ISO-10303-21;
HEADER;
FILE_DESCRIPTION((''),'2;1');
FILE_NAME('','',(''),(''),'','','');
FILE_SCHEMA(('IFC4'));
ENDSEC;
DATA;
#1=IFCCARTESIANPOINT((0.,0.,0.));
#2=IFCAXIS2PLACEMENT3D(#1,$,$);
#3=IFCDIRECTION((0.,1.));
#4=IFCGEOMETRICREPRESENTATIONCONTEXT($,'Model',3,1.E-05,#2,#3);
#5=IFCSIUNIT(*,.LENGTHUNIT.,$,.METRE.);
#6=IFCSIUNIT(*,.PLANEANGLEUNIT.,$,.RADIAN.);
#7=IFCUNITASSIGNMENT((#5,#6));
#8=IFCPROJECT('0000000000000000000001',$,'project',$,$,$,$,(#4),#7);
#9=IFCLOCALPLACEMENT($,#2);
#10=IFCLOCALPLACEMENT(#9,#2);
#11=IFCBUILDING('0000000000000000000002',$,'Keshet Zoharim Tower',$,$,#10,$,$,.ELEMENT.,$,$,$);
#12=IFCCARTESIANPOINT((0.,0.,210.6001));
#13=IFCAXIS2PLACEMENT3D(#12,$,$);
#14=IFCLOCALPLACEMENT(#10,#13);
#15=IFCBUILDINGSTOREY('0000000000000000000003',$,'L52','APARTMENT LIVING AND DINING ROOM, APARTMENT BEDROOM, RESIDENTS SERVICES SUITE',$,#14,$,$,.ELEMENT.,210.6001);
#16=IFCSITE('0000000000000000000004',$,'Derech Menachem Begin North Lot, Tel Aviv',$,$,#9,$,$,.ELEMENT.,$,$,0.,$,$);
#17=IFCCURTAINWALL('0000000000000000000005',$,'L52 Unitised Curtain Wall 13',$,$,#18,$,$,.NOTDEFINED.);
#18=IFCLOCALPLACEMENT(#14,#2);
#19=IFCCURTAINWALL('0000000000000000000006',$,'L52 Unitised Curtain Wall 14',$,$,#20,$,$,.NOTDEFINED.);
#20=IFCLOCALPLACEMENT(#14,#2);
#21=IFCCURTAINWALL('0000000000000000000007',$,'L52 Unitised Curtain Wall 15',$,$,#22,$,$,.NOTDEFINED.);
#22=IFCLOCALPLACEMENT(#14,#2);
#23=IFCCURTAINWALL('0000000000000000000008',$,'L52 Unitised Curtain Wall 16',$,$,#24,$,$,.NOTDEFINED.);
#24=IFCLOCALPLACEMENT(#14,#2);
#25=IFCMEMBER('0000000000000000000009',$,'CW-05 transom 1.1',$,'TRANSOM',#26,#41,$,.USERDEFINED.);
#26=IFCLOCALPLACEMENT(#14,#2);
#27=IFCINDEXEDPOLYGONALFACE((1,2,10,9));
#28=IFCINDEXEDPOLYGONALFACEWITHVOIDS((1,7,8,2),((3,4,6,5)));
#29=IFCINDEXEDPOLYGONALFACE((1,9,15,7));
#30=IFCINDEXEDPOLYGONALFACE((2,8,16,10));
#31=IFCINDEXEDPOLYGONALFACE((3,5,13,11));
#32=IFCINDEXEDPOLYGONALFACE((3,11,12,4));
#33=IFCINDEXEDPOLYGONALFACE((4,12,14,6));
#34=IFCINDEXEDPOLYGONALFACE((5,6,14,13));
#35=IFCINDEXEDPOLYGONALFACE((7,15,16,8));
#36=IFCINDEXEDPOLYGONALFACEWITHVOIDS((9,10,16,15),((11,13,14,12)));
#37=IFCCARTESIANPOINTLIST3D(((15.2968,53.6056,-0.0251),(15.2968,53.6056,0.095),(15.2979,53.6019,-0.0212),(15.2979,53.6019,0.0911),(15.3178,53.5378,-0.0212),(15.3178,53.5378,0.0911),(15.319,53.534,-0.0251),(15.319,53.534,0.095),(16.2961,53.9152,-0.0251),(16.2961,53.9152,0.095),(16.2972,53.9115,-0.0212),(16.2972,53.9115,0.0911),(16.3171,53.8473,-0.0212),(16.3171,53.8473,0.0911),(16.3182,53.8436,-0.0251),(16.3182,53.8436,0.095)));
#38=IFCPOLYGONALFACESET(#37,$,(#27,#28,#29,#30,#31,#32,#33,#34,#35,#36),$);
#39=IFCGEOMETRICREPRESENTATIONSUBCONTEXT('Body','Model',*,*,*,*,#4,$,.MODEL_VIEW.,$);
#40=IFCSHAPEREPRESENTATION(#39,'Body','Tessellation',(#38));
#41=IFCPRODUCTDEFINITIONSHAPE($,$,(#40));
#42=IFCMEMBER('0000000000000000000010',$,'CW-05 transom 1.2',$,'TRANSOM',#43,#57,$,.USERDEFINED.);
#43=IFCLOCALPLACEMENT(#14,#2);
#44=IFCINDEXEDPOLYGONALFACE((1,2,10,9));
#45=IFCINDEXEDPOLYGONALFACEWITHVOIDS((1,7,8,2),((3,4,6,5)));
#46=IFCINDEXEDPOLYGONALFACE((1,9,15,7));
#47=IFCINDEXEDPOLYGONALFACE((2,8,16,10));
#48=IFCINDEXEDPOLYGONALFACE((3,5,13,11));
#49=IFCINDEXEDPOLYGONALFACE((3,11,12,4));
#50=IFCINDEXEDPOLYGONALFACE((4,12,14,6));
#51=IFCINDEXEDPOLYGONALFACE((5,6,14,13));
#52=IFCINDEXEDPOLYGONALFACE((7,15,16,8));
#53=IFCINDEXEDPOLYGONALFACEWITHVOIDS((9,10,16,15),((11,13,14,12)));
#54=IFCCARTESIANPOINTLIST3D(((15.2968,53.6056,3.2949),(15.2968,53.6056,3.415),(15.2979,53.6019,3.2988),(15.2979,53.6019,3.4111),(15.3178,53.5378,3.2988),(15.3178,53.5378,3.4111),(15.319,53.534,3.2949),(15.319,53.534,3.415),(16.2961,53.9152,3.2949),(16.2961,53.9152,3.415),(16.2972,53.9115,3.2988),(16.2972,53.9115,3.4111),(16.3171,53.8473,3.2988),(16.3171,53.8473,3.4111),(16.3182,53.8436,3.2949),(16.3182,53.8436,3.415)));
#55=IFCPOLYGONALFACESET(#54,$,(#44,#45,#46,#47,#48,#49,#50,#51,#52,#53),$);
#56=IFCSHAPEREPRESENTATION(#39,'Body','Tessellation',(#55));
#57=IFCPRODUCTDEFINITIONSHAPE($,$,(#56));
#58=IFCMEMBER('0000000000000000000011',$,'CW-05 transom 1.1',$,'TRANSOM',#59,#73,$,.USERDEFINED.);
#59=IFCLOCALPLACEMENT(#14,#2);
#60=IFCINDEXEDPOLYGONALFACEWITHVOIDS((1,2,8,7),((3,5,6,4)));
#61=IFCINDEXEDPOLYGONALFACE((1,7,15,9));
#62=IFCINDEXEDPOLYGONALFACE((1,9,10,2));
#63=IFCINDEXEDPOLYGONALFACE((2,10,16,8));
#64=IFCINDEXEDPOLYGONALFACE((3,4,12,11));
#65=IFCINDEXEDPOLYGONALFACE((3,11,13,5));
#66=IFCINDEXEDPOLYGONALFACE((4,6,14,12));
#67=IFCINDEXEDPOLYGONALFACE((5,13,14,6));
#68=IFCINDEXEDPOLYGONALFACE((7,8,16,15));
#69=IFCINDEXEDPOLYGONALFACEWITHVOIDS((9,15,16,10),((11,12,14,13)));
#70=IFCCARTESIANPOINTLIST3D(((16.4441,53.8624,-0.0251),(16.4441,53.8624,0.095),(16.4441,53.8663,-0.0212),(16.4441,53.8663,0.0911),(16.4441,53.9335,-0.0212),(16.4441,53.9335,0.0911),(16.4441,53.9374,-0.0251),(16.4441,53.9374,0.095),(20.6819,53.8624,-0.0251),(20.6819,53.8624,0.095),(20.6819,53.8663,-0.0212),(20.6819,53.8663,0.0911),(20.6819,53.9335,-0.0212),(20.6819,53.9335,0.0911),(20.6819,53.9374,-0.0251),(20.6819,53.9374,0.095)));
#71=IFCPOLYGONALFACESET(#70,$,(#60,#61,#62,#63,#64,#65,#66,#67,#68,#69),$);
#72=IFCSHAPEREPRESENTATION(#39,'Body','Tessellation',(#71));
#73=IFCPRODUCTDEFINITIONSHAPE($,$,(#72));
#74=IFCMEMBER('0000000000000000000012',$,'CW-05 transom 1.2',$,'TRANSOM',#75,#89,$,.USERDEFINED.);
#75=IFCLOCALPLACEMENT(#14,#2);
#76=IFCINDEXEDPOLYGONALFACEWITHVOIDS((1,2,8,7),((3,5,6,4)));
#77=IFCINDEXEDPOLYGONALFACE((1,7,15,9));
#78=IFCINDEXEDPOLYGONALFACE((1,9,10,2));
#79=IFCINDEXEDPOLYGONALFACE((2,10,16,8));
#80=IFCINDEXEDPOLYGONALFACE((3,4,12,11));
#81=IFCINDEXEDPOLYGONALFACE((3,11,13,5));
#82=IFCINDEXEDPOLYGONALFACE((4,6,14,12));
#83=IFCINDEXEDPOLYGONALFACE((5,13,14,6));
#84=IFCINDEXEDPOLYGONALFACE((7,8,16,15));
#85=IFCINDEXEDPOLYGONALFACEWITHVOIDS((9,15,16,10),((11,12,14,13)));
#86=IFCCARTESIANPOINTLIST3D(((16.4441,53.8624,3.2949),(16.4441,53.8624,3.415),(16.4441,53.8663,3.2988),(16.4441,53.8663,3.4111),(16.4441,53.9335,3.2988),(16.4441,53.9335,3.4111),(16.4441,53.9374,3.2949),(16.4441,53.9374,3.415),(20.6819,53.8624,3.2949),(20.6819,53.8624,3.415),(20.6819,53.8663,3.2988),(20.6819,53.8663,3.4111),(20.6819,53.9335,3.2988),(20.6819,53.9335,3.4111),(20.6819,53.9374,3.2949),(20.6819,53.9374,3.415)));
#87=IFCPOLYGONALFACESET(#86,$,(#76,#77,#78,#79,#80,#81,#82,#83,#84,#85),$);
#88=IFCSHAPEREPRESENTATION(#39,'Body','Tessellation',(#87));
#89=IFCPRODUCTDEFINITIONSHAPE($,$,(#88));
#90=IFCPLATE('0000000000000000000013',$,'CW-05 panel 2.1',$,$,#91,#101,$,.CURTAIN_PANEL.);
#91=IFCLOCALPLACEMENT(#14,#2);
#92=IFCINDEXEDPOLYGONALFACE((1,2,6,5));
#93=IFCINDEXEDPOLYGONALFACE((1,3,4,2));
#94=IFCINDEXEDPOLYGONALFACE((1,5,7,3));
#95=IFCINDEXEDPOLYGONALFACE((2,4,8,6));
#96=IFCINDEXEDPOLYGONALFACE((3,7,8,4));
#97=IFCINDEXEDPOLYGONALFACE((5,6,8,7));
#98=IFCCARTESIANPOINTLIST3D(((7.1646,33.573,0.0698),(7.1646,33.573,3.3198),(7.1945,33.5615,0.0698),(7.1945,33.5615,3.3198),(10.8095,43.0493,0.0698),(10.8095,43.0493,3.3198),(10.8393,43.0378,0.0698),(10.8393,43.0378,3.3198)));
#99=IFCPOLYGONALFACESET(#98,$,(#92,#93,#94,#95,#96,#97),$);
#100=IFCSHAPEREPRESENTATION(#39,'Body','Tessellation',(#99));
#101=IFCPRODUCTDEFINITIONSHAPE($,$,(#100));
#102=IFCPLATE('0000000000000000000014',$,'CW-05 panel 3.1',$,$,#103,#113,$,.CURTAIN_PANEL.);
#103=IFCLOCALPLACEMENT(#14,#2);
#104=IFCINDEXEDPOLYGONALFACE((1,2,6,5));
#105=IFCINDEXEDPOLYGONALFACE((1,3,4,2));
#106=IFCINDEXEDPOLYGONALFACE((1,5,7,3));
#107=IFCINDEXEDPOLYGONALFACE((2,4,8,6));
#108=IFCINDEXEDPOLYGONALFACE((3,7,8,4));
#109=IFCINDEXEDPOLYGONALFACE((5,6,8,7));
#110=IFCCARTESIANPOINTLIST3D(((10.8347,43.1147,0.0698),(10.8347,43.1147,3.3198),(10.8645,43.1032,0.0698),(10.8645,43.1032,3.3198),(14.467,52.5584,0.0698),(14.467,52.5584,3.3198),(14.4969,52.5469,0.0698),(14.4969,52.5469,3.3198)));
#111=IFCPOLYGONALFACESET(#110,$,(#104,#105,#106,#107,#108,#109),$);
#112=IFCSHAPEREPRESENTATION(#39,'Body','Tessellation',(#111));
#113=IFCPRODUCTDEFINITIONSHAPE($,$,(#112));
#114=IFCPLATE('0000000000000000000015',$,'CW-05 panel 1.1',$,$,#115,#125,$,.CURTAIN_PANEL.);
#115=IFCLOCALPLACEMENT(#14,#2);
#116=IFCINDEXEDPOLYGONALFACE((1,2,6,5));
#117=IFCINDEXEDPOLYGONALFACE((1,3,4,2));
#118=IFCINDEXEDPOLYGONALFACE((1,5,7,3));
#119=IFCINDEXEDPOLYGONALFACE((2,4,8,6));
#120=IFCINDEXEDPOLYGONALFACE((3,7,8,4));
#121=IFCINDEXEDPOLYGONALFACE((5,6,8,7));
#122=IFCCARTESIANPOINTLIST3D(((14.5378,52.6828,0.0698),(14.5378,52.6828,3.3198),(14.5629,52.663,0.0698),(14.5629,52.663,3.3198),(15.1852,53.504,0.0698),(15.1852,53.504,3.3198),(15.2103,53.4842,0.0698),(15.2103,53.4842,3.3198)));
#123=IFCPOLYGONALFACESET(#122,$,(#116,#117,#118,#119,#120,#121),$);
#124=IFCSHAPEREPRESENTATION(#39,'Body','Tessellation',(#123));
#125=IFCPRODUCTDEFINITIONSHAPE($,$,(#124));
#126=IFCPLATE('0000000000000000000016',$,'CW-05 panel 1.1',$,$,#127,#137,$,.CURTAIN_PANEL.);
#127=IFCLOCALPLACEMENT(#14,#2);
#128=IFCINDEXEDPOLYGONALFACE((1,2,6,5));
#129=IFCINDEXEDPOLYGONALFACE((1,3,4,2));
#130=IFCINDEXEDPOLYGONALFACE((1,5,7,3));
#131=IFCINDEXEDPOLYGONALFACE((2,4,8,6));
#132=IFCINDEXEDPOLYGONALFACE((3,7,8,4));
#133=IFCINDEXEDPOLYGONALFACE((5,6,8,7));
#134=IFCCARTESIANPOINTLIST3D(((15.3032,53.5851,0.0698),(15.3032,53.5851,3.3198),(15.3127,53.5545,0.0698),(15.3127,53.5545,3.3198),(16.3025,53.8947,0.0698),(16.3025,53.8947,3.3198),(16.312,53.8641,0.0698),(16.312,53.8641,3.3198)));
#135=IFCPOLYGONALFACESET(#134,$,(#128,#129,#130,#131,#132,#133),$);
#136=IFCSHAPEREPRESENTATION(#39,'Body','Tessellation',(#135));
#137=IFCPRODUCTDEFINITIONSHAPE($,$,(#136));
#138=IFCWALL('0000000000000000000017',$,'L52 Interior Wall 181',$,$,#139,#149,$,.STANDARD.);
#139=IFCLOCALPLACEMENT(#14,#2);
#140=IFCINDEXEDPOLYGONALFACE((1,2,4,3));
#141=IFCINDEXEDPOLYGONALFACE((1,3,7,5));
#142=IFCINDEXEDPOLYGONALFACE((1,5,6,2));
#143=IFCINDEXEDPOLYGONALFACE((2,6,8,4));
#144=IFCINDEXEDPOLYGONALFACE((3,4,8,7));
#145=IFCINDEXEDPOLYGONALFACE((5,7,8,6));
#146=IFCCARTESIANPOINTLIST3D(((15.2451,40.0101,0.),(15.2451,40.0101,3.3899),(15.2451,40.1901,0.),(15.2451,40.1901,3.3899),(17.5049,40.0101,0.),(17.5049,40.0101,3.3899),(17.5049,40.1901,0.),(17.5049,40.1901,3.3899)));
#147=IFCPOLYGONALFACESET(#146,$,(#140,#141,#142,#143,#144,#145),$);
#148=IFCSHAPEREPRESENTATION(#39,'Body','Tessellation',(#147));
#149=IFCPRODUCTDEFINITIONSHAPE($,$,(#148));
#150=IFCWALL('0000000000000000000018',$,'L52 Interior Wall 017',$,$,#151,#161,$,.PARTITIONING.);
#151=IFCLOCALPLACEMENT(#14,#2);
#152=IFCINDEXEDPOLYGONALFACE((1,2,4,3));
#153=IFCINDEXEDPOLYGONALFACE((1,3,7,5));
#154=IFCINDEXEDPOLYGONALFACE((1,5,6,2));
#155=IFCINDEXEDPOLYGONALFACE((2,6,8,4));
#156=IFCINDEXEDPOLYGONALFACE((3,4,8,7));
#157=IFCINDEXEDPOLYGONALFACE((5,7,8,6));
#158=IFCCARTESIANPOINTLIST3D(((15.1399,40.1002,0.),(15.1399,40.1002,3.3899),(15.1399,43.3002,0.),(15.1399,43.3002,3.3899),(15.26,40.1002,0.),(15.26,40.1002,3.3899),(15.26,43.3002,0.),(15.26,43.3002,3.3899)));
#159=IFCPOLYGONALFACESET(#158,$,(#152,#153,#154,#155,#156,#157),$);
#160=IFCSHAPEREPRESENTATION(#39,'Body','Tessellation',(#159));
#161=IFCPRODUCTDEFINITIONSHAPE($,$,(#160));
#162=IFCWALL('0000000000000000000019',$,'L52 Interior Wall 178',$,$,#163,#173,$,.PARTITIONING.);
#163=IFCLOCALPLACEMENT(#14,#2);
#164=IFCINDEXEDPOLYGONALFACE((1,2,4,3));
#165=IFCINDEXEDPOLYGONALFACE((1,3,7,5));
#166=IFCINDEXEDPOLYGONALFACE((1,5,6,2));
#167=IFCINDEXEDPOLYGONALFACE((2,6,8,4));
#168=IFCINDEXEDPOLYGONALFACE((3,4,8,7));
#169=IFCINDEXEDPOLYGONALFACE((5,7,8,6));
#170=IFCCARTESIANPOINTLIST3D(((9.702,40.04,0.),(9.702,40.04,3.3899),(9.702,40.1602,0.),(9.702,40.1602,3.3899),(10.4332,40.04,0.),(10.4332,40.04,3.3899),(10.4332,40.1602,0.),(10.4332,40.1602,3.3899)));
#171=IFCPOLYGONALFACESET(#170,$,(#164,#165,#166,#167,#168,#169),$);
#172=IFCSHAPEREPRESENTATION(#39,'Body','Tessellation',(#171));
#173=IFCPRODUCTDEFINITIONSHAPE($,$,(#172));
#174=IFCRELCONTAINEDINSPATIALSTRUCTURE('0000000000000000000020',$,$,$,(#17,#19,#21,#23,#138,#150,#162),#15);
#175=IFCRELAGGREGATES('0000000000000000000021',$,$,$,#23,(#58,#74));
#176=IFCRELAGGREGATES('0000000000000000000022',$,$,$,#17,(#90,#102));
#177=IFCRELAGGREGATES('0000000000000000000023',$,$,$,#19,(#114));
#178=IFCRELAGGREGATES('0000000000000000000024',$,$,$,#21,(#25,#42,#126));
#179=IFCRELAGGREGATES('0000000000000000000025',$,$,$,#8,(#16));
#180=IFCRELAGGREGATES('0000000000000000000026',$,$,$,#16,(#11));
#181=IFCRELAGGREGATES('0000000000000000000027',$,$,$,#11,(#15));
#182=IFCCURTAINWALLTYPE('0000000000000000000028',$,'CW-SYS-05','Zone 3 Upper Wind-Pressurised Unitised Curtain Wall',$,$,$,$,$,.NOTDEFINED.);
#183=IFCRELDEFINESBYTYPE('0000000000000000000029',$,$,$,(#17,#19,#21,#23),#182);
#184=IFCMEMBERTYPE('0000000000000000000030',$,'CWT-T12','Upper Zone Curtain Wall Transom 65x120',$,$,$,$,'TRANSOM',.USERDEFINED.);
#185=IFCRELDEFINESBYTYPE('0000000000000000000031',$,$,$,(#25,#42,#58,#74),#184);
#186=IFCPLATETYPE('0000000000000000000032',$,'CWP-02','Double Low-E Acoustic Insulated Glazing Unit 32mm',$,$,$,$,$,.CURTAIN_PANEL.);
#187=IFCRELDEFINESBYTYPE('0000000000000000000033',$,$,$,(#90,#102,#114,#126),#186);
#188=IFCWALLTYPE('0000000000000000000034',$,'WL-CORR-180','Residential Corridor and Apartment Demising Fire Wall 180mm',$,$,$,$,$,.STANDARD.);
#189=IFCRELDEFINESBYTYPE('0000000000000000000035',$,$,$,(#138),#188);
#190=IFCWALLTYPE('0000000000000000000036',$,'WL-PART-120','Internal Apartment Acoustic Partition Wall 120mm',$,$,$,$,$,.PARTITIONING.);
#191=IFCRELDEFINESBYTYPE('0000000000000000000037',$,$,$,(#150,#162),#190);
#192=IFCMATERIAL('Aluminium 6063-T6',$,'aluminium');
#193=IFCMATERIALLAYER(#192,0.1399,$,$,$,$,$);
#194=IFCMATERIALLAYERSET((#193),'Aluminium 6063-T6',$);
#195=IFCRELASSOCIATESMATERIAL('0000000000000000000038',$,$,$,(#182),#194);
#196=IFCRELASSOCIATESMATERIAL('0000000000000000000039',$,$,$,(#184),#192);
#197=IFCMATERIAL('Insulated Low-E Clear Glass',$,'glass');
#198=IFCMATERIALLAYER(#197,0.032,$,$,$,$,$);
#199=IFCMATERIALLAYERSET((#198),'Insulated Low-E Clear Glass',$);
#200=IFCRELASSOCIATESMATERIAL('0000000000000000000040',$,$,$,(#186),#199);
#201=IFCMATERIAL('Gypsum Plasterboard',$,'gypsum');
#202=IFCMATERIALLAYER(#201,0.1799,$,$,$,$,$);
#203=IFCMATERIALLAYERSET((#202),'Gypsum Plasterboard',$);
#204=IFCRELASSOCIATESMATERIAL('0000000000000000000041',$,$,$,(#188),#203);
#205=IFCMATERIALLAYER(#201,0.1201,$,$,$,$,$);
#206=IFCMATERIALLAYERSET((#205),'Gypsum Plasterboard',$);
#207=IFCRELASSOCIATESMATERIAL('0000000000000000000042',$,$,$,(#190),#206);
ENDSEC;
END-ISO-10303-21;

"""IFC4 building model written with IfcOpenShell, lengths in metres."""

from ifc_helpers import new_model, si_unit, direction, frame, frame_2d, origin, origin_2d, place, context, subcontext, project, spatial, rectangle, hollow_rectangle, extrude, material, layer, layer_set, material_profile, profile_set, type_object, element, aggregate, save


model = new_model("IFC4")

# Units and contexts
model_context = context("Model", 3, precision=1e-05, world=origin(), true_north=direction((0.0, 1.0)))
body_context = subcontext(model_context, "Body", "Model", "MODEL_VIEW")
ifc_project = project(units=[si_unit("LENGTHUNIT", "METRE"), si_unit("PLANEANGLEUNIT", "RADIAN")], contexts=[model_context])

# Site, building, storey
site_placement = place(None, origin())
site = spatial("IfcSite", under=ifc_project, at=site_placement, Name="Derech Menachem Begin North Lot, Tel Aviv", CompositionType="ELEMENT", RefElevation=0.0)
building_placement = place(site_placement, origin())
building = spatial("IfcBuilding", under=site, at=building_placement, Name="Keshet Zoharim Tower", CompositionType="ELEMENT")
storey_placement = place(building_placement, frame((0.0, 0.0, 210.6001)))
storey = spatial("IfcBuildingStorey", under=building, at=storey_placement, Name="L52", Description="APARTMENT LIVING AND DINING ROOM, APARTMENT BEDROOM, RESIDENTS SERVICES SUITE", CompositionType="ELEMENT", Elevation=210.6001)

# Curtain walls
ifc_material_1 = material(Name="Aluminium 6063-T6", Category="aluminium")
ifc_layer_1 = layer(ifc_material_1, 0.1399)
ifc_layer_set_1 = layer_set([ifc_layer_1], Name="Aluminium 6063-T6")
curtain_wall_type = type_object("IfcCurtainWallType", Name="CW-SYS-05", Description="Zone 3 Upper Wind-Pressurised Unitised Curtain Wall", PredefinedType="NOTDEFINED", material=ifc_layer_set_1)
curtain_wall_1_placement = place(storey_placement, origin())
curtain_wall_1 = element("IfcCurtainWall", 1, at=curtain_wall_1_placement, inside=storey, type_object=curtain_wall_type, Name="L52 Unitised Curtain Wall 13", PredefinedType="NOTDEFINED")
curtain_wall_2_placement = place(storey_placement, origin())
curtain_wall_2 = element("IfcCurtainWall", 2, at=curtain_wall_2_placement, inside=storey, type_object=curtain_wall_type, Name="L52 Unitised Curtain Wall 14", PredefinedType="NOTDEFINED")
curtain_wall_3_placement = place(storey_placement, origin())
curtain_wall_3 = element("IfcCurtainWall", 3, at=curtain_wall_3_placement, inside=storey, type_object=curtain_wall_type, Name="L52 Unitised Curtain Wall 15", PredefinedType="NOTDEFINED")

# Curtain wall
curtain_wall_4_placement = place(storey_placement, origin())
curtain_wall_4 = element("IfcCurtainWall", 4, at=curtain_wall_4_placement, inside=storey, type_object=curtain_wall_type, Name="L52 Unitised Curtain Wall 16", PredefinedType="NOTDEFINED")

# Members
ifc_material_profile_1 = material_profile(ifc_material_1, hollow_rectangle(XDim=0.075, YDim=0.1201, WallThickness=0.0039, at=origin_2d()), Name="TRN-75x120")
ifc_profile_set_1 = profile_set([ifc_material_profile_1], Name="Aluminium 6063-T6")
member_type_1 = type_object("IfcMemberType", Name="CWT-T12", Description="Upper Zone Curtain Wall Transom 65x120", ElementType="TRANSOM", PredefinedType="USERDEFINED", material=ifc_profile_set_1)
member_1_placement = place(storey_placement, frame((15.3079, 53.5698, 0.0349), z_axis=(0.955212, 0.295922, 0.0), x_axis=(-0.295922, 0.955212, 0.0)))
member_1 = element("IfcMember", 5, at=member_1_placement, type_object=member_type_1, Name="CW-05 transom 1.1", ObjectType="TRANSOM", PredefinedType="USERDEFINED", context=body_context, shape_type="SweptSolid", body=[
    extrude(hollow_rectangle(XDim=0.075, YDim=0.1201, WallThickness=0.0039, at=origin_2d()), origin(), (0.0, 0.0, 1.0), 1.0461),
])
member_2_placement = place(storey_placement, frame((15.3079, 53.5698, 3.355), z_axis=(0.955212, 0.295922, 0.0), x_axis=(-0.295922, 0.955212, 0.0)))
member_2 = element("IfcMember", 6, at=member_2_placement, type_object=member_type_1, Name="CW-05 transom 1.2", ObjectType="TRANSOM", PredefinedType="USERDEFINED", context=body_context, shape_type="SweptSolid", body=[
    extrude(hollow_rectangle(XDim=0.075, YDim=0.1201, WallThickness=0.0039, at=origin_2d()), origin(), (0.0, 0.0, 1.0), 1.0461),
])
member_3_placement = place(storey_placement, frame((16.4441, 53.8999, 0.0349), z_axis=(1.0, 0.0, 0.0), x_axis=(0.0, 1.0, 0.0)))
member_3 = element("IfcMember", 7, at=member_3_placement, type_object=member_type_1, Name="CW-05 transom 1.1", ObjectType="TRANSOM", PredefinedType="USERDEFINED", context=body_context, shape_type="SweptSolid", body=[
    extrude(hollow_rectangle(XDim=0.075, YDim=0.1201, WallThickness=0.0039, at=origin_2d()), origin(), (0.0, 0.0, 1.0), 4.2378),
])
member_4_placement = place(storey_placement, frame((16.4441, 53.8999, 3.355), z_axis=(1.0, 0.0, 0.0), x_axis=(0.0, 1.0, 0.0)))
member_4 = element("IfcMember", 8, at=member_4_placement, type_object=member_type_1, Name="CW-05 transom 1.2", ObjectType="TRANSOM", PredefinedType="USERDEFINED", context=body_context, shape_type="SweptSolid", body=[
    extrude(hollow_rectangle(XDim=0.075, YDim=0.1201, WallThickness=0.0039, at=origin_2d()), origin(), (0.0, 0.0, 1.0), 4.2378),
])
aggregate(curtain_wall_4, [member_3, member_4])

# Plates
ifc_material_2 = material(Name="Insulated Low-E Clear Glass", Category="glass")
ifc_layer_2 = layer(ifc_material_2, 0.032)
ifc_layer_set_2 = layer_set([ifc_layer_2], Name="Insulated Low-E Clear Glass")
plate_type = type_object("IfcPlateType", Name="CWP-02", Description="Double Low-E Acoustic Insulated Glazing Unit 32mm", PredefinedType="CURTAIN_PANEL", material=ifc_layer_set_2)
plate_1_placement = place(storey_placement, frame((9.002, 38.3054, 0.0698), z_axis=(0.0, 0.0, 1.0), x_axis=(0.35899, 0.933341, 0.0)))
plate_1 = element("IfcPlate", 9, at=plate_1_placement, type_object=plate_type, Name="CW-05 panel 2.1", PredefinedType="CURTAIN_PANEL", context=body_context, shape_type="SweptSolid", body=[
    extrude(rectangle(XDim=10.1531, YDim=0.032, at=origin_2d()), origin(), (0.0, 0.0, 1.0), 3.25),
])
plate_2_placement = place(storey_placement, frame((12.6658, 47.8308, 0.0698), z_axis=(0.0, 0.0, 1.0), x_axis=(0.35899, 0.933341, 0.0)))
plate_2 = element("IfcPlate", 10, at=plate_2_placement, type_object=plate_type, Name="CW-05 panel 3.1", PredefinedType="CURTAIN_PANEL", context=body_context, shape_type="SweptSolid", body=[
    extrude(rectangle(XDim=10.1182, YDim=0.032, at=origin_2d()), origin(), (0.0, 0.0, 1.0), 3.25),
])
aggregate(curtain_wall_1, [plate_1, plate_2])
plate_3_placement = place(storey_placement, frame((14.874, 53.0835, 0.0698), z_axis=(0.0, 0.0, 1.0), x_axis=(0.619125, 0.785293, 0.0)))
plate_3 = element("IfcPlate", 11, at=plate_3_placement, type_object=plate_type, Name="CW-05 panel 1.1", PredefinedType="CURTAIN_PANEL", context=body_context, shape_type="SweptSolid", body=[
    extrude(rectangle(XDim=1.0457, YDim=0.032, at=origin_2d()), origin(), (0.0, 0.0, 1.0), 3.25),
])
aggregate(curtain_wall_2, [plate_3])
plate_4_placement = place(storey_placement, frame((15.8076, 53.7246, 0.0698), z_axis=(0.0, 0.0, 1.0), x_axis=(0.955212, 0.295922, 0.0)))
plate_4 = element("IfcPlate", 12, at=plate_4_placement, type_object=plate_type, Name="CW-05 panel 1.1", PredefinedType="CURTAIN_PANEL", context=body_context, shape_type="SweptSolid", body=[
    extrude(rectangle(XDim=1.0461, YDim=0.032, at=origin_2d()), origin(), (0.0, 0.0, 1.0), 3.25),
])
aggregate(curtain_wall_3, [member_1, member_2, plate_4])

# Shared definitions
ifc_material_3 = material(Name="Gypsum Plasterboard", Category="gypsum")
ifc_layer_3 = layer(ifc_material_3, 0.1799)
ifc_layer_set_3 = layer_set([ifc_layer_3], Name="Gypsum Plasterboard")
wall_type_1 = type_object("IfcWallType", Name="WL-CORR-180", Description="Residential Corridor and Apartment Demising Fire Wall 180mm", PredefinedType="STANDARD", material=ifc_layer_set_3)

# Walls
wall_1_placement = place(storey_placement, frame((15.2451, 40.1001, 0.0), z_axis=(0.0, 0.0, 1.0), x_axis=(1.0, 0.0, 0.0)))
element("IfcWall", 13, at=wall_1_placement, inside=storey, type_object=wall_type_1, Name="L52 Interior Wall 181", PredefinedType="STANDARD", context=body_context, shape_type="SweptSolid", body=[
    extrude(rectangle(XDim=2.2598, YDim=0.1799, at=frame_2d((1.1299, 0.0))), origin(), (0.0, 0.0, 1.0), 3.3899),
])
ifc_layer_4 = layer(ifc_material_3, 0.1201)
ifc_layer_set_4 = layer_set([ifc_layer_4], Name="Gypsum Plasterboard")
wall_type_2 = type_object("IfcWallType", Name="WL-PART-120", Description="Internal Apartment Acoustic Partition Wall 120mm", PredefinedType="PARTITIONING", material=ifc_layer_set_4)
wall_2_placement = place(storey_placement, frame((15.2, 40.1001, 0.0), z_axis=(0.0, 0.0, 1.0), x_axis=(0.0, 1.0, 0.0)))
element("IfcWall", 14, at=wall_2_placement, inside=storey, type_object=wall_type_2, Name="L52 Interior Wall 017", PredefinedType="PARTITIONING", context=body_context, shape_type="SweptSolid", body=[
    extrude(rectangle(XDim=3.2, YDim=0.1201, at=frame_2d((1.6001, 0.0))), origin(), (0.0, 0.0, 1.0), 3.3899),
])

# Wall
wall_3_placement = place(storey_placement, frame((9.7019, 40.1001, 0.0), z_axis=(0.0, 0.0, 1.0), x_axis=(1.0, 0.0, 0.0)))
element("IfcWall", 15, at=wall_3_placement, inside=storey, type_object=wall_type_2, Name="L52 Interior Wall 178", PredefinedType="PARTITIONING", context=body_context, shape_type="SweptSolid", body=[
    extrude(rectangle(XDim=0.7312, YDim=0.1201, at=frame_2d((0.3657, 0.0))), origin(), (0.0, 0.0, 1.0), 3.3899),
])

save(model, "model.ifc")
